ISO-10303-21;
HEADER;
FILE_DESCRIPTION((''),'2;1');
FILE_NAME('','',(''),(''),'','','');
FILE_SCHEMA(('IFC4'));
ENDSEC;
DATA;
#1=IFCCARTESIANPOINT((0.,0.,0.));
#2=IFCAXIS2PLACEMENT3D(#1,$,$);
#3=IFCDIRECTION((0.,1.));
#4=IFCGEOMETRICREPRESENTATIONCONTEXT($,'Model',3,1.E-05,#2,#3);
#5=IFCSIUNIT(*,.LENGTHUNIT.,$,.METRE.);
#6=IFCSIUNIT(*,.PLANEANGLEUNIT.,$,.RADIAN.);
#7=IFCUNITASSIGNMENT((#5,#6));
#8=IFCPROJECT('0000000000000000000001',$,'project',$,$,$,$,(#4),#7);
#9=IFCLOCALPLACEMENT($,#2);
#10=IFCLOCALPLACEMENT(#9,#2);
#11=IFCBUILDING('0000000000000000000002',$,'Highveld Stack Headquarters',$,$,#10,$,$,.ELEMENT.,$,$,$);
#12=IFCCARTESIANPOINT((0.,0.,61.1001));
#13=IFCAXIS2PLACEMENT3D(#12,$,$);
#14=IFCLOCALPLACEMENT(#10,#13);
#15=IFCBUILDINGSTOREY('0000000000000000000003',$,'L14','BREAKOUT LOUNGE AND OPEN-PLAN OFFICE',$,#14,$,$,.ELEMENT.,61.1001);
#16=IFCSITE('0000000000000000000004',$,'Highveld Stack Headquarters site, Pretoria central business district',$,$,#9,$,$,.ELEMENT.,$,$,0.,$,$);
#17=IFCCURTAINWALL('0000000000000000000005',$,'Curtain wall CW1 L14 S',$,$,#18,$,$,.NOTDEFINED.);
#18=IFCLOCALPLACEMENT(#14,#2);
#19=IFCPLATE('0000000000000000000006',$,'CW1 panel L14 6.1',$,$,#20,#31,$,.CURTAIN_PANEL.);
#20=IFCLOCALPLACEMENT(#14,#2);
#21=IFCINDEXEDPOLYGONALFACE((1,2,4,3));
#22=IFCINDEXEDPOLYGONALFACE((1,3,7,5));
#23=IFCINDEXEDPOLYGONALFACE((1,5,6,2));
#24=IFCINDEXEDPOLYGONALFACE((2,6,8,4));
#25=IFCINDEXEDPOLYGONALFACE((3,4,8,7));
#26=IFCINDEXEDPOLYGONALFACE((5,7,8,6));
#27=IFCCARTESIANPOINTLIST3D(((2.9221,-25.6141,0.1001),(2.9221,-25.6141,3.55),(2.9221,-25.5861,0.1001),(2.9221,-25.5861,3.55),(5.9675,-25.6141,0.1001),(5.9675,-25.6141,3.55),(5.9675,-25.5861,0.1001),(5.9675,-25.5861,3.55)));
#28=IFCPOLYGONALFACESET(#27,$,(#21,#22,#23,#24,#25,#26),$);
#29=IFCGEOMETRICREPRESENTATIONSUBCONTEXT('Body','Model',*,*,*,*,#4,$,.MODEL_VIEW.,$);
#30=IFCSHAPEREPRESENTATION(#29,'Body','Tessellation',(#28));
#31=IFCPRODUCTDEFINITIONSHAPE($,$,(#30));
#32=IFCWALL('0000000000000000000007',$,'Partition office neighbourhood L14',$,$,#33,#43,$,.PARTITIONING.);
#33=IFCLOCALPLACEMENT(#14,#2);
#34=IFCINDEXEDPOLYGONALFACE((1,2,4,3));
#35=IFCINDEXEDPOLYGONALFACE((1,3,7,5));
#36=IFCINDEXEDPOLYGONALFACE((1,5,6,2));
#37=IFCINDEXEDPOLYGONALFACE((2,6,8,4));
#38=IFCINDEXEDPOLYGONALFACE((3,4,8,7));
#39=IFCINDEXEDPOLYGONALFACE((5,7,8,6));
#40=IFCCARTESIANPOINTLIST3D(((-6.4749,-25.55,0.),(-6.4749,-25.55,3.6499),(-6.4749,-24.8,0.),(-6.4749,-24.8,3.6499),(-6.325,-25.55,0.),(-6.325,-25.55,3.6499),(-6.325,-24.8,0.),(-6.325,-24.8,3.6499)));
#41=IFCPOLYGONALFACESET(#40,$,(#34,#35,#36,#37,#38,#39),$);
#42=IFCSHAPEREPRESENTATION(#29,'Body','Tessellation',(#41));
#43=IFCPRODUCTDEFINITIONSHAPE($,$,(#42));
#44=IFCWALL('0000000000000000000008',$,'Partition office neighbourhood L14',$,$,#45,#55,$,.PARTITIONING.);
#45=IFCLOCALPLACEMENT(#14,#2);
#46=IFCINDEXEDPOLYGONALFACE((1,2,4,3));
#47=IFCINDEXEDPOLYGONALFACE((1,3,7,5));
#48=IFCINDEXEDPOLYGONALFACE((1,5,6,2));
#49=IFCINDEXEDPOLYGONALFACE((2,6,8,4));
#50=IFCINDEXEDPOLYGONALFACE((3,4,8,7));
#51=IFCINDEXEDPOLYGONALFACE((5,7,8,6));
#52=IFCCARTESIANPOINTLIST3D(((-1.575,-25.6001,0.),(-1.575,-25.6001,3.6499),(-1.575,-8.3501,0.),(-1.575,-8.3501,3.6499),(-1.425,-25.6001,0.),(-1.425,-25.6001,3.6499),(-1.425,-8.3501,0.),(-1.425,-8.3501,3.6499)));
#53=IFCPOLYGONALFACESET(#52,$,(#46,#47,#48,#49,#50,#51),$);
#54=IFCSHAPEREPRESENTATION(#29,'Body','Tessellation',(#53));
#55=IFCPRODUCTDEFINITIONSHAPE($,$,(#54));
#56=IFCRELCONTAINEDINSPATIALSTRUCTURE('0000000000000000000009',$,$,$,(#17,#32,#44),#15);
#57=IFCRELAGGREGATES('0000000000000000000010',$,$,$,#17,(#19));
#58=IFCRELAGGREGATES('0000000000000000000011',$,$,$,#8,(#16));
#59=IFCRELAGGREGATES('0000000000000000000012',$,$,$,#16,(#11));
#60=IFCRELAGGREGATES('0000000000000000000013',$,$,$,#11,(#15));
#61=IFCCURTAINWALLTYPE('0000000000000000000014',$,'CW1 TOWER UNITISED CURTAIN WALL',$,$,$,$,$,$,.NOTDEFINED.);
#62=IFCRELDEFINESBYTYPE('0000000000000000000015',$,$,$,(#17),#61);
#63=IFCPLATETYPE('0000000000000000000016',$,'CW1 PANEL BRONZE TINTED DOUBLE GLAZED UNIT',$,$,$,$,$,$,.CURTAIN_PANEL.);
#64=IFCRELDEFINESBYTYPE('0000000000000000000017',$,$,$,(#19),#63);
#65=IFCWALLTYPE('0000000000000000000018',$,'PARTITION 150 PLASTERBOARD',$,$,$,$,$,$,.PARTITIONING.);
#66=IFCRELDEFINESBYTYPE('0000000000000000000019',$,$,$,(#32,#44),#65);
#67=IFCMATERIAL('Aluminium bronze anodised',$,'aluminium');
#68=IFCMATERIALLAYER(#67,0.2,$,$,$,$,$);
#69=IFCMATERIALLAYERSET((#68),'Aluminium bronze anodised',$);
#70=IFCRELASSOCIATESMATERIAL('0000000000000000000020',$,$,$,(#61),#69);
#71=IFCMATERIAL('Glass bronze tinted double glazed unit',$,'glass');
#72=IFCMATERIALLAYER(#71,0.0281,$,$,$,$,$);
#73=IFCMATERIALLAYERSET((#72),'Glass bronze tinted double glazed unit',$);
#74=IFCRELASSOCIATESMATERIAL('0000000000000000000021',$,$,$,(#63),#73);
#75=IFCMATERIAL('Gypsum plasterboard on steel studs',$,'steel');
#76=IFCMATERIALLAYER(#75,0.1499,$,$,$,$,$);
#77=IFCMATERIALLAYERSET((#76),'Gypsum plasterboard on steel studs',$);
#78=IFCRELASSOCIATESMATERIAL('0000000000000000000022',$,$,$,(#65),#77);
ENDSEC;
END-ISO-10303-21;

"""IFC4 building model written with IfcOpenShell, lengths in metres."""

from ifc_helpers import new_model, si_unit, direction, frame, frame_2d, origin, origin_2d, place, context, subcontext, project, spatial, rectangle, extrude, material, layer, layer_set, type_object, element, aggregate, save


model = new_model("IFC4")

# Units and contexts
model_context = context("Model", 3, precision=1e-05, world=origin(), true_north=direction((0.0, 1.0)))
body_context = subcontext(model_context, "Body", "Model", "MODEL_VIEW")
ifc_project = project(units=[si_unit("LENGTHUNIT", "METRE"), si_unit("PLANEANGLEUNIT", "RADIAN")], contexts=[model_context])

# Site, building, storey
site_placement = place(None, origin())
site = spatial("IfcSite", under=ifc_project, at=site_placement, Name="Highveld Stack Headquarters site, Pretoria central business district", CompositionType="ELEMENT", RefElevation=0.0)
building_placement = place(site_placement, origin())
building = spatial("IfcBuilding", under=site, at=building_placement, Name="Highveld Stack Headquarters", CompositionType="ELEMENT")
storey_placement = place(building_placement, frame((0.0, 0.0, 61.1001)))
storey = spatial("IfcBuildingStorey", under=building, at=storey_placement, Name="L14", Description="BREAKOUT LOUNGE AND OPEN-PLAN OFFICE", CompositionType="ELEMENT", Elevation=61.1001)

# Curtain wall, plate
ifc_material_1 = material(Name="Aluminium bronze anodised", Category="aluminium")
ifc_layer_1 = layer(ifc_material_1, 0.2)
ifc_layer_set_1 = layer_set([ifc_layer_1], Name="Aluminium bronze anodised")
curtain_wall_type = type_object("IfcCurtainWallType", Name="CW1 TOWER UNITISED CURTAIN WALL", PredefinedType="NOTDEFINED", material=ifc_layer_set_1)
curtain_wall_placement = place(storey_placement, origin())
curtain_wall = element("IfcCurtainWall", 1, at=curtain_wall_placement, inside=storey, type_object=curtain_wall_type, Name="Curtain wall CW1 L14 S", PredefinedType="NOTDEFINED")
ifc_material_2 = material(Name="Glass bronze tinted double glazed unit", Category="glass")
ifc_layer_2 = layer(ifc_material_2, 0.0281)
ifc_layer_set_2 = layer_set([ifc_layer_2], Name="Glass bronze tinted double glazed unit")
plate_type = type_object("IfcPlateType", Name="CW1 PANEL BRONZE TINTED DOUBLE GLAZED UNIT", PredefinedType="CURTAIN_PANEL", material=ifc_layer_set_2)
plate_1_placement = place(storey_placement, frame((4.4448, -25.6001, 0.1001), z_axis=(0.0, 0.0, 1.0), x_axis=(1.0, 0.0, 0.0)))
plate_1 = element("IfcPlate", 2, at=plate_1_placement, type_object=plate_type, Name="CW1 panel L14 6.1", PredefinedType="CURTAIN_PANEL", context=body_context, shape_type="SweptSolid", body=[
    extrude(rectangle(XDim=3.0454, YDim=0.0281, at=origin_2d()), origin(), (0.0, 0.0, 1.0), 3.45),
])
aggregate(curtain_wall, [plate_1])

# Walls
ifc_material_3 = material(Name="Gypsum plasterboard on steel studs", Category="steel")
ifc_layer_3 = layer(ifc_material_3, 0.1499)
ifc_layer_set_3 = layer_set([ifc_layer_3], Name="Gypsum plasterboard on steel studs")
wall_type = type_object("IfcWallType", Name="PARTITION 150 PLASTERBOARD", PredefinedType="PARTITIONING", material=ifc_layer_set_3)
wall_1_placement = place(storey_placement, frame((-6.3999, -25.55, 0.0), z_axis=(0.0, 0.0, 1.0), x_axis=(0.0, 1.0, 0.0)))
element("IfcWall", 3, at=wall_1_placement, inside=storey, type_object=wall_type, Name="Partition office neighbourhood L14", PredefinedType="PARTITIONING", context=body_context, shape_type="SweptSolid", body=[
    extrude(rectangle(XDim=0.75, YDim=0.1499, at=frame_2d((0.375, 0.0))), origin(), (0.0, 0.0, 1.0), 3.6499),
])
wall_2_placement = place(storey_placement, frame((-1.5, -25.6001, 0.0), z_axis=(0.0, 0.0, 1.0), x_axis=(0.0, 1.0, 0.0)))
element("IfcWall", 4, at=wall_2_placement, inside=storey, type_object=wall_type, Name="Partition office neighbourhood L14", PredefinedType="PARTITIONING", context=body_context, shape_type="SweptSolid", body=[
    extrude(rectangle(XDim=17.25, YDim=0.1499, at=frame_2d((8.625, 0.0))), origin(), (0.0, 0.0, 1.0), 3.6499),
])

save(model, "model.ifc")
